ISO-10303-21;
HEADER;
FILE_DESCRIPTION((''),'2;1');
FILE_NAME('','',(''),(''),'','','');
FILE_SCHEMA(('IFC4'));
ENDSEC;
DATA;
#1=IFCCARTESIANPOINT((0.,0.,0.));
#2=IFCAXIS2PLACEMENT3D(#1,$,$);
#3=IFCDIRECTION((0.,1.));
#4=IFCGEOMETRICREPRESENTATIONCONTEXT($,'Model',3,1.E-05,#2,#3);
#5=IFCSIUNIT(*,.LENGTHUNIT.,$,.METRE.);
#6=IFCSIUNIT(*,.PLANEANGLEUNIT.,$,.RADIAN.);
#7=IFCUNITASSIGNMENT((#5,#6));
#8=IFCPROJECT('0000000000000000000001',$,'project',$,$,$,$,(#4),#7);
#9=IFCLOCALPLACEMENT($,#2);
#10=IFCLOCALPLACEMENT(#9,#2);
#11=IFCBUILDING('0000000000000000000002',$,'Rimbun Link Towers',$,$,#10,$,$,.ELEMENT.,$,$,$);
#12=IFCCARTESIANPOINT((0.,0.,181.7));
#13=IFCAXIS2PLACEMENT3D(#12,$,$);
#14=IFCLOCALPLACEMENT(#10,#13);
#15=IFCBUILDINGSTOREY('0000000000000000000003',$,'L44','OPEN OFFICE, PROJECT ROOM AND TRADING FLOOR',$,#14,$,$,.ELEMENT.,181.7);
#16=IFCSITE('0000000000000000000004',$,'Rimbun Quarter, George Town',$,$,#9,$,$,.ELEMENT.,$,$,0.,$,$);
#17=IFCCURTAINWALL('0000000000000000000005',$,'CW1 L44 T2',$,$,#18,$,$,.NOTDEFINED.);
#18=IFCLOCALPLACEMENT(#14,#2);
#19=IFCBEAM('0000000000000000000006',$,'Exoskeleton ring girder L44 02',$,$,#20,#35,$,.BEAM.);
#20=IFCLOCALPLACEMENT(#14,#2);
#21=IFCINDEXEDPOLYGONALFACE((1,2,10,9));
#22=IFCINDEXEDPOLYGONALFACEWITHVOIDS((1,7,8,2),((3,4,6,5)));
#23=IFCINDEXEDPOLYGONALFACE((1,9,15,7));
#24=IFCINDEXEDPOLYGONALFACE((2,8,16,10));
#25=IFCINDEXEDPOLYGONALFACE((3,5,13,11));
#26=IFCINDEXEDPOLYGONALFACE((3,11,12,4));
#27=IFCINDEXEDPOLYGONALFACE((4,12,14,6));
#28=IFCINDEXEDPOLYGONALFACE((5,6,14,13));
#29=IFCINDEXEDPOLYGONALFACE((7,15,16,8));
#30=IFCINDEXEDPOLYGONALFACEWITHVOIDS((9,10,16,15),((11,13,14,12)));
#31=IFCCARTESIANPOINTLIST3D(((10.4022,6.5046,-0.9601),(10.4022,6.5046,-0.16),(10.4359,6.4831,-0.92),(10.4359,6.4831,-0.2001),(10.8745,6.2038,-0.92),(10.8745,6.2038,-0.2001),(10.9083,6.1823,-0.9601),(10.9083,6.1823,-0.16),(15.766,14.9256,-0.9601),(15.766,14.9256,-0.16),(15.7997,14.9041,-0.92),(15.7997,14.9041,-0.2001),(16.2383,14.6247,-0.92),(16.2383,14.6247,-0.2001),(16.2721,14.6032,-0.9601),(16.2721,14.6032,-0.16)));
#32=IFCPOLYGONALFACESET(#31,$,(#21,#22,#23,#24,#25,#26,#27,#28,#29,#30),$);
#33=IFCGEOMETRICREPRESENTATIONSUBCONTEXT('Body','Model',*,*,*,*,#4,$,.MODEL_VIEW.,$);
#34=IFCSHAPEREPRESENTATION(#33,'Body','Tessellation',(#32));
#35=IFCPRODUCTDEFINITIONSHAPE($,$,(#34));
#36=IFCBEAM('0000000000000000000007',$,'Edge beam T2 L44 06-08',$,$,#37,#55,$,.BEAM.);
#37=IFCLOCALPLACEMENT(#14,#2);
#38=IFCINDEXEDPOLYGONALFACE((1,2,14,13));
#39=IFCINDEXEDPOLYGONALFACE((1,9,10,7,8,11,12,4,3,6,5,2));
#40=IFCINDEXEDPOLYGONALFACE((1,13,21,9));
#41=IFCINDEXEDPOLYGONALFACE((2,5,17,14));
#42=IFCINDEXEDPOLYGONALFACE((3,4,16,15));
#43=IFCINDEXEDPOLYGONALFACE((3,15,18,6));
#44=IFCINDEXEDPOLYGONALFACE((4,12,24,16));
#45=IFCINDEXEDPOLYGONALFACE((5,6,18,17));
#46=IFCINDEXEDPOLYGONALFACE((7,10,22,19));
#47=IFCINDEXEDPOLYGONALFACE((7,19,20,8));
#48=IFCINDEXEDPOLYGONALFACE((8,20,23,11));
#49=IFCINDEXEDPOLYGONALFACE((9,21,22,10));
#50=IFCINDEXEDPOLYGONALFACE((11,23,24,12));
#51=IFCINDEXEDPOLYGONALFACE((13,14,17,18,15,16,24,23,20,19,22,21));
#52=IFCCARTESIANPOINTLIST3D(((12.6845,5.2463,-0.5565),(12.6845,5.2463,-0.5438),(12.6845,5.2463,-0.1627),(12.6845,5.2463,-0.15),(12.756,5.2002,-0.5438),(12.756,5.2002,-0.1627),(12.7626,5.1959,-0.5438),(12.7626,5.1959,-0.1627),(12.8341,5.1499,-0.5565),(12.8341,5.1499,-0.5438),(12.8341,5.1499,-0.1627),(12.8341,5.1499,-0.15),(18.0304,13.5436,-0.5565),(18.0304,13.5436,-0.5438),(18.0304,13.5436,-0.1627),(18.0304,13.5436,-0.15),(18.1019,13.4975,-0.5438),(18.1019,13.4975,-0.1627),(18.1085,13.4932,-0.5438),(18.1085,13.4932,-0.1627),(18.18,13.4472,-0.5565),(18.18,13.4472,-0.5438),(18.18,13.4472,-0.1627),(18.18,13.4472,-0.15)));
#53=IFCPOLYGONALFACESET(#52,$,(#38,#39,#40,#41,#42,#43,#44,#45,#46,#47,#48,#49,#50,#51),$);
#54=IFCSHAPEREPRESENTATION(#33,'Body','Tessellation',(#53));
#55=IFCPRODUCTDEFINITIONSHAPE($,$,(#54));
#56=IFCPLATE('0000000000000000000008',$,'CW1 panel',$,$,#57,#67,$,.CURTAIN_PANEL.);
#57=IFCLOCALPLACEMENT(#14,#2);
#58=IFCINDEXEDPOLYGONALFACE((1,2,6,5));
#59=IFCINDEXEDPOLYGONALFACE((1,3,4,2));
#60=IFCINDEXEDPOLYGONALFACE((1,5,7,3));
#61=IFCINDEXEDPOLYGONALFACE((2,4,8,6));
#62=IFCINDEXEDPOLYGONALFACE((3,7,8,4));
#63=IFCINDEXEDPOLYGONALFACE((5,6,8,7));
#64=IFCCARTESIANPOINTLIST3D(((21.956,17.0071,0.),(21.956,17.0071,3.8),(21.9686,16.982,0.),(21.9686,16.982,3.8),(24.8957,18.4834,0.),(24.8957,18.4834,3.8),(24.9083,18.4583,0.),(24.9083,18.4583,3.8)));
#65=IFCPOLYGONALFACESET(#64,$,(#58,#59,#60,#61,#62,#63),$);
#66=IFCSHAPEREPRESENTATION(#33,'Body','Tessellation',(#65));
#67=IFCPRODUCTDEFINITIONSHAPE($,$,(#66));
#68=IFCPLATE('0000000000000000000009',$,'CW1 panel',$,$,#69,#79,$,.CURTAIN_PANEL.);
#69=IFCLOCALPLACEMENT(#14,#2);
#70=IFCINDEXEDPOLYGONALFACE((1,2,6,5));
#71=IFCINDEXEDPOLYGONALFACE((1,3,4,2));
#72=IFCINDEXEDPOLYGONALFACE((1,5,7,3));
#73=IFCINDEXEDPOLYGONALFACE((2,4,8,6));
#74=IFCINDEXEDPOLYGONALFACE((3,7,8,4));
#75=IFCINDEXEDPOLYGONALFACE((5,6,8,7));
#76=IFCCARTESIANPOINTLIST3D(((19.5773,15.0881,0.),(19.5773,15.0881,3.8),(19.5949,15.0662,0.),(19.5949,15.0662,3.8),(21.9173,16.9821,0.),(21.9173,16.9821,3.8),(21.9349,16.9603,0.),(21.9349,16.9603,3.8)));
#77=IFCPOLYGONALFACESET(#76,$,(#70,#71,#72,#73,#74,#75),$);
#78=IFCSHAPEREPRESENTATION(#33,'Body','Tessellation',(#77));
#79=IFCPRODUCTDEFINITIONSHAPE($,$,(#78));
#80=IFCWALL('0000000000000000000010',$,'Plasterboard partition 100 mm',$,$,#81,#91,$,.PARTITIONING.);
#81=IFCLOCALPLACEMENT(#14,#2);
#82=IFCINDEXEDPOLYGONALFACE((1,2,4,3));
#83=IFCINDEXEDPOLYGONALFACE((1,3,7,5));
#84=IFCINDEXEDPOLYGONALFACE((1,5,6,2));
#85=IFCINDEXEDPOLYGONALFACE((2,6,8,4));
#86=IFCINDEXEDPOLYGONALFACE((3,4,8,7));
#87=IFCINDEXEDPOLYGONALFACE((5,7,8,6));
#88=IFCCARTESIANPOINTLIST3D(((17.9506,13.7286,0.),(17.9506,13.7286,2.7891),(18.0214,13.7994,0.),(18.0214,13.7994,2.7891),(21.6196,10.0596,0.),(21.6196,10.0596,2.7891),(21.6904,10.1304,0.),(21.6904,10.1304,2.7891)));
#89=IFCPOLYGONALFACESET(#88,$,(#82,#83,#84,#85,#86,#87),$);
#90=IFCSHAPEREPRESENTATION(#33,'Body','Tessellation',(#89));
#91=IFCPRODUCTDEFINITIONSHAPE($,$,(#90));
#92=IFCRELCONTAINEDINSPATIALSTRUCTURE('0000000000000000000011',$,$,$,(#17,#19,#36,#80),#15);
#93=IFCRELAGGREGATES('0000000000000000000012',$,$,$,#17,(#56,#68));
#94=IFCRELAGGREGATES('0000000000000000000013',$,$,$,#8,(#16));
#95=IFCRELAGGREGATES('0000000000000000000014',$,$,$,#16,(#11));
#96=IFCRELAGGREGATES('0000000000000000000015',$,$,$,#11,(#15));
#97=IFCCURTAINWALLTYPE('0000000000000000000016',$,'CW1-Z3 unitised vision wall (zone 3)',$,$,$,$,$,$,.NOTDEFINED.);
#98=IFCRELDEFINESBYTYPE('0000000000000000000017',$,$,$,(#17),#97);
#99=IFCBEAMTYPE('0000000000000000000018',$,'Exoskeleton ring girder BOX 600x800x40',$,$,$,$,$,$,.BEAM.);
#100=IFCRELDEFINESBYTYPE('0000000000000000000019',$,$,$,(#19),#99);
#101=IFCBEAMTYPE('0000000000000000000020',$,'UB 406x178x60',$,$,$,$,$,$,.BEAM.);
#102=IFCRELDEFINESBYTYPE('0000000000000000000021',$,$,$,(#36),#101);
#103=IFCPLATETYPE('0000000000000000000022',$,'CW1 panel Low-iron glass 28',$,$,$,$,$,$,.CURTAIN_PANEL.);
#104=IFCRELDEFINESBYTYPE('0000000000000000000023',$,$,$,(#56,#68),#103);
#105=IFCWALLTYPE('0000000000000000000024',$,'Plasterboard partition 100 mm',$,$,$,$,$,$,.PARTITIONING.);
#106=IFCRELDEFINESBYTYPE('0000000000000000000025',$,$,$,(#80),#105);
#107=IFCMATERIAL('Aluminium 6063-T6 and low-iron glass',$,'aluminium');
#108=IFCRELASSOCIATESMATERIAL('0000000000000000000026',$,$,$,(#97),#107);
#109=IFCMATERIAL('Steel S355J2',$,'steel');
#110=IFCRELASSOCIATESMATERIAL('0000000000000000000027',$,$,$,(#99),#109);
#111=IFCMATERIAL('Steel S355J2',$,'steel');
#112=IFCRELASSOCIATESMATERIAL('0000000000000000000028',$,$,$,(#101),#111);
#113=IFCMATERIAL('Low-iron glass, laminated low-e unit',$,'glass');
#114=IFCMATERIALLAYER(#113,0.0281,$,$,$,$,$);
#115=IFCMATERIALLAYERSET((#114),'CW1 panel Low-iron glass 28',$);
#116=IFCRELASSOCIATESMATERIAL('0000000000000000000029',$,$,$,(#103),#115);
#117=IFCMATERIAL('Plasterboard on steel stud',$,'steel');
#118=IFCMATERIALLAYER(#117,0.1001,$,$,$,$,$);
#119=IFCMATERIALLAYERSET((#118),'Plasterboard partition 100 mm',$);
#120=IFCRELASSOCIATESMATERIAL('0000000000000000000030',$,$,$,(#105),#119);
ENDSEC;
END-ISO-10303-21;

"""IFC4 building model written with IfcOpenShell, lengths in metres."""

from ifc_helpers import new_model, si_unit, direction, frame, frame_2d, origin, origin_2d, place, context, subcontext, project, spatial, rectangle, hollow_rectangle, i_section, extrude, material, layer, layer_set, material_profile, profile_set, type_object, element, aggregate, save


model = new_model("IFC4")

# Units and contexts
model_context = context("Model", 3, precision=1e-05, world=origin(), true_north=direction((0.0, 1.0)))
body_context = subcontext(model_context, "Body", "Model", "MODEL_VIEW")
ifc_project = project(units=[si_unit("LENGTHUNIT", "METRE"), si_unit("PLANEANGLEUNIT", "RADIAN")], contexts=[model_context])

# Site, building, storey
site_placement = place(None, origin())
site = spatial("IfcSite", under=ifc_project, at=site_placement, Name="Rimbun Quarter, George Town", CompositionType="ELEMENT", RefElevation=0.0)
building_placement = place(site_placement, origin())
building = spatial("IfcBuilding", under=site, at=building_placement, Name="Rimbun Link Towers", CompositionType="ELEMENT")
storey_placement = place(building_placement, frame((0.0, 0.0, 181.7)))
storey = spatial("IfcBuildingStorey", under=building, at=storey_placement, Name="L44", Description="OPEN OFFICE, PROJECT ROOM AND TRADING FLOOR", CompositionType="ELEMENT", Elevation=181.7)

# Curtain wall
ifc_material_1 = material(Name="Aluminium 6063-T6 and low-iron glass", Category="aluminium")
curtain_wall_type = type_object("IfcCurtainWallType", Name="CW1-Z3 unitised vision wall (zone 3)", PredefinedType="NOTDEFINED", material=ifc_material_1)
curtain_wall_placement = place(storey_placement, origin())
curtain_wall = element("IfcCurtainWall", 1, at=curtain_wall_placement, inside=storey, type_object=curtain_wall_type, Name="CW1 L44 T2", PredefinedType="NOTDEFINED")

# Beams
ifc_material_2 = material(Name="Steel S355J2", Category="steel")
ifc_material_profile_1 = material_profile(ifc_material_2, hollow_rectangle(XDim=0.6001, YDim=0.8, WallThickness=0.04, at=origin_2d()), Name="Exoskeleton ring girder BOX 600x800x40")
ifc_profile_set_1 = profile_set([ifc_material_profile_1], Name="Steel S355J2")
beam_type_1 = type_object("IfcBeamType", Name="Exoskeleton ring girder BOX 600x800x40", PredefinedType="BEAM", material=ifc_profile_set_1)
for number, where, z_axis, x_axis, name in (
    (2, (16.019, 14.7644, -0.5601), (-0.537233, -0.843434, 0.0), (0.843434, -0.537233, 0.0), "Exoskeleton ring girder L44 02"),
):
    element("IfcBeam", number, at=place(storey_placement, frame(where, z_axis=z_axis, x_axis=x_axis)), inside=storey, type_object=beam_type_1, Name=name, PredefinedType="BEAM", context=body_context, shape_type="SweptSolid", body=[
        extrude(hollow_rectangle(XDim=0.6001, YDim=0.8, WallThickness=0.04, at=origin_2d()), origin(), (0.0, 0.0, 1.0), 9.9841),
    ])
ifc_material_3 = material(Name="Steel S355J2", Category="steel")
ifc_material_profile_2 = material_profile(ifc_material_3, i_section(OverallWidth=0.178, OverallDepth=0.4065, WebThickness=0.0078, FlangeThickness=0.0127, at=origin_2d()), Name="UB 406x178x60")
ifc_profile_set_2 = profile_set([ifc_material_profile_2], Name="Steel S355J2")
beam_type_2 = type_object("IfcBeamType", Name="UB 406x178x60", PredefinedType="BEAM", material=ifc_profile_set_2)
beam_placement = place(storey_placement, frame((18.1052, 13.4954, -0.3533), z_axis=(-0.541612, -0.840628, 0.0), x_axis=(0.840628, -0.541612, 0.0)))
element("IfcBeam", 3, at=beam_placement, inside=storey, type_object=beam_type_2, Name="Edge beam T2 L44 06-08", PredefinedType="BEAM", context=body_context, shape_type="SweptSolid", body=[
    extrude(i_section(OverallWidth=0.178, OverallDepth=0.4065, WebThickness=0.0078, FlangeThickness=0.0127, at=origin_2d()), origin(), (0.0, 0.0, 1.0), 9.8704),
])

# Plates
ifc_material_4 = material(Name="Low-iron glass, laminated low-e unit", Category="glass")
ifc_layer_1 = layer(ifc_material_4, 0.0281)
ifc_layer_set_1 = layer_set([ifc_layer_1], Name="CW1 panel Low-iron glass 28")
plate_type = type_object("IfcPlateType", Name="CW1 panel Low-iron glass 28", PredefinedType="CURTAIN_PANEL", material=ifc_layer_set_1)
plate_1_placement = place(storey_placement, frame((23.4321, 17.7327, 0.0), z_axis=(0.0, 0.0, 1.0), x_axis=(0.893642, 0.448781, 0.0)))
plate_1 = element("IfcPlate", 4, at=plate_1_placement, type_object=plate_type, Name="CW1 panel", PredefinedType="CURTAIN_PANEL", context=body_context, shape_type="SweptSolid", body=[
    extrude(rectangle(XDim=3.2896, YDim=0.0281, at=origin_2d()), origin(), (0.0, 0.0, 1.0), 3.8),
])
plate_2_placement = place(storey_placement, frame((20.7561, 16.0242, 0.0), z_axis=(0.0, 0.0, 1.0), x_axis=(0.777287, 0.629146, 0.0)))
plate_2 = element("IfcPlate", 5, at=plate_2_placement, type_object=plate_type, Name="CW1 panel", PredefinedType="CURTAIN_PANEL", context=body_context, shape_type="SweptSolid", body=[
    extrude(rectangle(XDim=3.0105, YDim=0.0281, at=origin_2d()), origin(), (0.0, 0.0, 1.0), 3.8),
])
aggregate(curtain_wall, [plate_1, plate_2])

# Wall
ifc_material_5 = material(Name="Plasterboard on steel stud", Category="steel")
ifc_layer_2 = layer(ifc_material_5, 0.1001)
ifc_layer_set_2 = layer_set([ifc_layer_2], Name="Plasterboard partition 100 mm")
wall_type = type_object("IfcWallType", Name="Plasterboard partition 100 mm", PredefinedType="PARTITIONING", material=ifc_layer_set_2)
wall_placement = place(storey_placement, frame((17.9861, 13.7639, 0.0), z_axis=(0.0, 0.0, 1.0), x_axis=(0.707107, -0.707107, 0.0)))
element("IfcWall", 6, at=wall_placement, inside=storey, type_object=wall_type, Name="Plasterboard partition 100 mm", PredefinedType="PARTITIONING", context=body_context, shape_type="SweptSolid", body=[
    extrude(rectangle(XDim=5.1887, YDim=0.1001, at=frame_2d((2.5942, 0.0))), origin(), (0.0, 0.0, 1.0), 2.7891),
])

save(model, "model.ifc")
